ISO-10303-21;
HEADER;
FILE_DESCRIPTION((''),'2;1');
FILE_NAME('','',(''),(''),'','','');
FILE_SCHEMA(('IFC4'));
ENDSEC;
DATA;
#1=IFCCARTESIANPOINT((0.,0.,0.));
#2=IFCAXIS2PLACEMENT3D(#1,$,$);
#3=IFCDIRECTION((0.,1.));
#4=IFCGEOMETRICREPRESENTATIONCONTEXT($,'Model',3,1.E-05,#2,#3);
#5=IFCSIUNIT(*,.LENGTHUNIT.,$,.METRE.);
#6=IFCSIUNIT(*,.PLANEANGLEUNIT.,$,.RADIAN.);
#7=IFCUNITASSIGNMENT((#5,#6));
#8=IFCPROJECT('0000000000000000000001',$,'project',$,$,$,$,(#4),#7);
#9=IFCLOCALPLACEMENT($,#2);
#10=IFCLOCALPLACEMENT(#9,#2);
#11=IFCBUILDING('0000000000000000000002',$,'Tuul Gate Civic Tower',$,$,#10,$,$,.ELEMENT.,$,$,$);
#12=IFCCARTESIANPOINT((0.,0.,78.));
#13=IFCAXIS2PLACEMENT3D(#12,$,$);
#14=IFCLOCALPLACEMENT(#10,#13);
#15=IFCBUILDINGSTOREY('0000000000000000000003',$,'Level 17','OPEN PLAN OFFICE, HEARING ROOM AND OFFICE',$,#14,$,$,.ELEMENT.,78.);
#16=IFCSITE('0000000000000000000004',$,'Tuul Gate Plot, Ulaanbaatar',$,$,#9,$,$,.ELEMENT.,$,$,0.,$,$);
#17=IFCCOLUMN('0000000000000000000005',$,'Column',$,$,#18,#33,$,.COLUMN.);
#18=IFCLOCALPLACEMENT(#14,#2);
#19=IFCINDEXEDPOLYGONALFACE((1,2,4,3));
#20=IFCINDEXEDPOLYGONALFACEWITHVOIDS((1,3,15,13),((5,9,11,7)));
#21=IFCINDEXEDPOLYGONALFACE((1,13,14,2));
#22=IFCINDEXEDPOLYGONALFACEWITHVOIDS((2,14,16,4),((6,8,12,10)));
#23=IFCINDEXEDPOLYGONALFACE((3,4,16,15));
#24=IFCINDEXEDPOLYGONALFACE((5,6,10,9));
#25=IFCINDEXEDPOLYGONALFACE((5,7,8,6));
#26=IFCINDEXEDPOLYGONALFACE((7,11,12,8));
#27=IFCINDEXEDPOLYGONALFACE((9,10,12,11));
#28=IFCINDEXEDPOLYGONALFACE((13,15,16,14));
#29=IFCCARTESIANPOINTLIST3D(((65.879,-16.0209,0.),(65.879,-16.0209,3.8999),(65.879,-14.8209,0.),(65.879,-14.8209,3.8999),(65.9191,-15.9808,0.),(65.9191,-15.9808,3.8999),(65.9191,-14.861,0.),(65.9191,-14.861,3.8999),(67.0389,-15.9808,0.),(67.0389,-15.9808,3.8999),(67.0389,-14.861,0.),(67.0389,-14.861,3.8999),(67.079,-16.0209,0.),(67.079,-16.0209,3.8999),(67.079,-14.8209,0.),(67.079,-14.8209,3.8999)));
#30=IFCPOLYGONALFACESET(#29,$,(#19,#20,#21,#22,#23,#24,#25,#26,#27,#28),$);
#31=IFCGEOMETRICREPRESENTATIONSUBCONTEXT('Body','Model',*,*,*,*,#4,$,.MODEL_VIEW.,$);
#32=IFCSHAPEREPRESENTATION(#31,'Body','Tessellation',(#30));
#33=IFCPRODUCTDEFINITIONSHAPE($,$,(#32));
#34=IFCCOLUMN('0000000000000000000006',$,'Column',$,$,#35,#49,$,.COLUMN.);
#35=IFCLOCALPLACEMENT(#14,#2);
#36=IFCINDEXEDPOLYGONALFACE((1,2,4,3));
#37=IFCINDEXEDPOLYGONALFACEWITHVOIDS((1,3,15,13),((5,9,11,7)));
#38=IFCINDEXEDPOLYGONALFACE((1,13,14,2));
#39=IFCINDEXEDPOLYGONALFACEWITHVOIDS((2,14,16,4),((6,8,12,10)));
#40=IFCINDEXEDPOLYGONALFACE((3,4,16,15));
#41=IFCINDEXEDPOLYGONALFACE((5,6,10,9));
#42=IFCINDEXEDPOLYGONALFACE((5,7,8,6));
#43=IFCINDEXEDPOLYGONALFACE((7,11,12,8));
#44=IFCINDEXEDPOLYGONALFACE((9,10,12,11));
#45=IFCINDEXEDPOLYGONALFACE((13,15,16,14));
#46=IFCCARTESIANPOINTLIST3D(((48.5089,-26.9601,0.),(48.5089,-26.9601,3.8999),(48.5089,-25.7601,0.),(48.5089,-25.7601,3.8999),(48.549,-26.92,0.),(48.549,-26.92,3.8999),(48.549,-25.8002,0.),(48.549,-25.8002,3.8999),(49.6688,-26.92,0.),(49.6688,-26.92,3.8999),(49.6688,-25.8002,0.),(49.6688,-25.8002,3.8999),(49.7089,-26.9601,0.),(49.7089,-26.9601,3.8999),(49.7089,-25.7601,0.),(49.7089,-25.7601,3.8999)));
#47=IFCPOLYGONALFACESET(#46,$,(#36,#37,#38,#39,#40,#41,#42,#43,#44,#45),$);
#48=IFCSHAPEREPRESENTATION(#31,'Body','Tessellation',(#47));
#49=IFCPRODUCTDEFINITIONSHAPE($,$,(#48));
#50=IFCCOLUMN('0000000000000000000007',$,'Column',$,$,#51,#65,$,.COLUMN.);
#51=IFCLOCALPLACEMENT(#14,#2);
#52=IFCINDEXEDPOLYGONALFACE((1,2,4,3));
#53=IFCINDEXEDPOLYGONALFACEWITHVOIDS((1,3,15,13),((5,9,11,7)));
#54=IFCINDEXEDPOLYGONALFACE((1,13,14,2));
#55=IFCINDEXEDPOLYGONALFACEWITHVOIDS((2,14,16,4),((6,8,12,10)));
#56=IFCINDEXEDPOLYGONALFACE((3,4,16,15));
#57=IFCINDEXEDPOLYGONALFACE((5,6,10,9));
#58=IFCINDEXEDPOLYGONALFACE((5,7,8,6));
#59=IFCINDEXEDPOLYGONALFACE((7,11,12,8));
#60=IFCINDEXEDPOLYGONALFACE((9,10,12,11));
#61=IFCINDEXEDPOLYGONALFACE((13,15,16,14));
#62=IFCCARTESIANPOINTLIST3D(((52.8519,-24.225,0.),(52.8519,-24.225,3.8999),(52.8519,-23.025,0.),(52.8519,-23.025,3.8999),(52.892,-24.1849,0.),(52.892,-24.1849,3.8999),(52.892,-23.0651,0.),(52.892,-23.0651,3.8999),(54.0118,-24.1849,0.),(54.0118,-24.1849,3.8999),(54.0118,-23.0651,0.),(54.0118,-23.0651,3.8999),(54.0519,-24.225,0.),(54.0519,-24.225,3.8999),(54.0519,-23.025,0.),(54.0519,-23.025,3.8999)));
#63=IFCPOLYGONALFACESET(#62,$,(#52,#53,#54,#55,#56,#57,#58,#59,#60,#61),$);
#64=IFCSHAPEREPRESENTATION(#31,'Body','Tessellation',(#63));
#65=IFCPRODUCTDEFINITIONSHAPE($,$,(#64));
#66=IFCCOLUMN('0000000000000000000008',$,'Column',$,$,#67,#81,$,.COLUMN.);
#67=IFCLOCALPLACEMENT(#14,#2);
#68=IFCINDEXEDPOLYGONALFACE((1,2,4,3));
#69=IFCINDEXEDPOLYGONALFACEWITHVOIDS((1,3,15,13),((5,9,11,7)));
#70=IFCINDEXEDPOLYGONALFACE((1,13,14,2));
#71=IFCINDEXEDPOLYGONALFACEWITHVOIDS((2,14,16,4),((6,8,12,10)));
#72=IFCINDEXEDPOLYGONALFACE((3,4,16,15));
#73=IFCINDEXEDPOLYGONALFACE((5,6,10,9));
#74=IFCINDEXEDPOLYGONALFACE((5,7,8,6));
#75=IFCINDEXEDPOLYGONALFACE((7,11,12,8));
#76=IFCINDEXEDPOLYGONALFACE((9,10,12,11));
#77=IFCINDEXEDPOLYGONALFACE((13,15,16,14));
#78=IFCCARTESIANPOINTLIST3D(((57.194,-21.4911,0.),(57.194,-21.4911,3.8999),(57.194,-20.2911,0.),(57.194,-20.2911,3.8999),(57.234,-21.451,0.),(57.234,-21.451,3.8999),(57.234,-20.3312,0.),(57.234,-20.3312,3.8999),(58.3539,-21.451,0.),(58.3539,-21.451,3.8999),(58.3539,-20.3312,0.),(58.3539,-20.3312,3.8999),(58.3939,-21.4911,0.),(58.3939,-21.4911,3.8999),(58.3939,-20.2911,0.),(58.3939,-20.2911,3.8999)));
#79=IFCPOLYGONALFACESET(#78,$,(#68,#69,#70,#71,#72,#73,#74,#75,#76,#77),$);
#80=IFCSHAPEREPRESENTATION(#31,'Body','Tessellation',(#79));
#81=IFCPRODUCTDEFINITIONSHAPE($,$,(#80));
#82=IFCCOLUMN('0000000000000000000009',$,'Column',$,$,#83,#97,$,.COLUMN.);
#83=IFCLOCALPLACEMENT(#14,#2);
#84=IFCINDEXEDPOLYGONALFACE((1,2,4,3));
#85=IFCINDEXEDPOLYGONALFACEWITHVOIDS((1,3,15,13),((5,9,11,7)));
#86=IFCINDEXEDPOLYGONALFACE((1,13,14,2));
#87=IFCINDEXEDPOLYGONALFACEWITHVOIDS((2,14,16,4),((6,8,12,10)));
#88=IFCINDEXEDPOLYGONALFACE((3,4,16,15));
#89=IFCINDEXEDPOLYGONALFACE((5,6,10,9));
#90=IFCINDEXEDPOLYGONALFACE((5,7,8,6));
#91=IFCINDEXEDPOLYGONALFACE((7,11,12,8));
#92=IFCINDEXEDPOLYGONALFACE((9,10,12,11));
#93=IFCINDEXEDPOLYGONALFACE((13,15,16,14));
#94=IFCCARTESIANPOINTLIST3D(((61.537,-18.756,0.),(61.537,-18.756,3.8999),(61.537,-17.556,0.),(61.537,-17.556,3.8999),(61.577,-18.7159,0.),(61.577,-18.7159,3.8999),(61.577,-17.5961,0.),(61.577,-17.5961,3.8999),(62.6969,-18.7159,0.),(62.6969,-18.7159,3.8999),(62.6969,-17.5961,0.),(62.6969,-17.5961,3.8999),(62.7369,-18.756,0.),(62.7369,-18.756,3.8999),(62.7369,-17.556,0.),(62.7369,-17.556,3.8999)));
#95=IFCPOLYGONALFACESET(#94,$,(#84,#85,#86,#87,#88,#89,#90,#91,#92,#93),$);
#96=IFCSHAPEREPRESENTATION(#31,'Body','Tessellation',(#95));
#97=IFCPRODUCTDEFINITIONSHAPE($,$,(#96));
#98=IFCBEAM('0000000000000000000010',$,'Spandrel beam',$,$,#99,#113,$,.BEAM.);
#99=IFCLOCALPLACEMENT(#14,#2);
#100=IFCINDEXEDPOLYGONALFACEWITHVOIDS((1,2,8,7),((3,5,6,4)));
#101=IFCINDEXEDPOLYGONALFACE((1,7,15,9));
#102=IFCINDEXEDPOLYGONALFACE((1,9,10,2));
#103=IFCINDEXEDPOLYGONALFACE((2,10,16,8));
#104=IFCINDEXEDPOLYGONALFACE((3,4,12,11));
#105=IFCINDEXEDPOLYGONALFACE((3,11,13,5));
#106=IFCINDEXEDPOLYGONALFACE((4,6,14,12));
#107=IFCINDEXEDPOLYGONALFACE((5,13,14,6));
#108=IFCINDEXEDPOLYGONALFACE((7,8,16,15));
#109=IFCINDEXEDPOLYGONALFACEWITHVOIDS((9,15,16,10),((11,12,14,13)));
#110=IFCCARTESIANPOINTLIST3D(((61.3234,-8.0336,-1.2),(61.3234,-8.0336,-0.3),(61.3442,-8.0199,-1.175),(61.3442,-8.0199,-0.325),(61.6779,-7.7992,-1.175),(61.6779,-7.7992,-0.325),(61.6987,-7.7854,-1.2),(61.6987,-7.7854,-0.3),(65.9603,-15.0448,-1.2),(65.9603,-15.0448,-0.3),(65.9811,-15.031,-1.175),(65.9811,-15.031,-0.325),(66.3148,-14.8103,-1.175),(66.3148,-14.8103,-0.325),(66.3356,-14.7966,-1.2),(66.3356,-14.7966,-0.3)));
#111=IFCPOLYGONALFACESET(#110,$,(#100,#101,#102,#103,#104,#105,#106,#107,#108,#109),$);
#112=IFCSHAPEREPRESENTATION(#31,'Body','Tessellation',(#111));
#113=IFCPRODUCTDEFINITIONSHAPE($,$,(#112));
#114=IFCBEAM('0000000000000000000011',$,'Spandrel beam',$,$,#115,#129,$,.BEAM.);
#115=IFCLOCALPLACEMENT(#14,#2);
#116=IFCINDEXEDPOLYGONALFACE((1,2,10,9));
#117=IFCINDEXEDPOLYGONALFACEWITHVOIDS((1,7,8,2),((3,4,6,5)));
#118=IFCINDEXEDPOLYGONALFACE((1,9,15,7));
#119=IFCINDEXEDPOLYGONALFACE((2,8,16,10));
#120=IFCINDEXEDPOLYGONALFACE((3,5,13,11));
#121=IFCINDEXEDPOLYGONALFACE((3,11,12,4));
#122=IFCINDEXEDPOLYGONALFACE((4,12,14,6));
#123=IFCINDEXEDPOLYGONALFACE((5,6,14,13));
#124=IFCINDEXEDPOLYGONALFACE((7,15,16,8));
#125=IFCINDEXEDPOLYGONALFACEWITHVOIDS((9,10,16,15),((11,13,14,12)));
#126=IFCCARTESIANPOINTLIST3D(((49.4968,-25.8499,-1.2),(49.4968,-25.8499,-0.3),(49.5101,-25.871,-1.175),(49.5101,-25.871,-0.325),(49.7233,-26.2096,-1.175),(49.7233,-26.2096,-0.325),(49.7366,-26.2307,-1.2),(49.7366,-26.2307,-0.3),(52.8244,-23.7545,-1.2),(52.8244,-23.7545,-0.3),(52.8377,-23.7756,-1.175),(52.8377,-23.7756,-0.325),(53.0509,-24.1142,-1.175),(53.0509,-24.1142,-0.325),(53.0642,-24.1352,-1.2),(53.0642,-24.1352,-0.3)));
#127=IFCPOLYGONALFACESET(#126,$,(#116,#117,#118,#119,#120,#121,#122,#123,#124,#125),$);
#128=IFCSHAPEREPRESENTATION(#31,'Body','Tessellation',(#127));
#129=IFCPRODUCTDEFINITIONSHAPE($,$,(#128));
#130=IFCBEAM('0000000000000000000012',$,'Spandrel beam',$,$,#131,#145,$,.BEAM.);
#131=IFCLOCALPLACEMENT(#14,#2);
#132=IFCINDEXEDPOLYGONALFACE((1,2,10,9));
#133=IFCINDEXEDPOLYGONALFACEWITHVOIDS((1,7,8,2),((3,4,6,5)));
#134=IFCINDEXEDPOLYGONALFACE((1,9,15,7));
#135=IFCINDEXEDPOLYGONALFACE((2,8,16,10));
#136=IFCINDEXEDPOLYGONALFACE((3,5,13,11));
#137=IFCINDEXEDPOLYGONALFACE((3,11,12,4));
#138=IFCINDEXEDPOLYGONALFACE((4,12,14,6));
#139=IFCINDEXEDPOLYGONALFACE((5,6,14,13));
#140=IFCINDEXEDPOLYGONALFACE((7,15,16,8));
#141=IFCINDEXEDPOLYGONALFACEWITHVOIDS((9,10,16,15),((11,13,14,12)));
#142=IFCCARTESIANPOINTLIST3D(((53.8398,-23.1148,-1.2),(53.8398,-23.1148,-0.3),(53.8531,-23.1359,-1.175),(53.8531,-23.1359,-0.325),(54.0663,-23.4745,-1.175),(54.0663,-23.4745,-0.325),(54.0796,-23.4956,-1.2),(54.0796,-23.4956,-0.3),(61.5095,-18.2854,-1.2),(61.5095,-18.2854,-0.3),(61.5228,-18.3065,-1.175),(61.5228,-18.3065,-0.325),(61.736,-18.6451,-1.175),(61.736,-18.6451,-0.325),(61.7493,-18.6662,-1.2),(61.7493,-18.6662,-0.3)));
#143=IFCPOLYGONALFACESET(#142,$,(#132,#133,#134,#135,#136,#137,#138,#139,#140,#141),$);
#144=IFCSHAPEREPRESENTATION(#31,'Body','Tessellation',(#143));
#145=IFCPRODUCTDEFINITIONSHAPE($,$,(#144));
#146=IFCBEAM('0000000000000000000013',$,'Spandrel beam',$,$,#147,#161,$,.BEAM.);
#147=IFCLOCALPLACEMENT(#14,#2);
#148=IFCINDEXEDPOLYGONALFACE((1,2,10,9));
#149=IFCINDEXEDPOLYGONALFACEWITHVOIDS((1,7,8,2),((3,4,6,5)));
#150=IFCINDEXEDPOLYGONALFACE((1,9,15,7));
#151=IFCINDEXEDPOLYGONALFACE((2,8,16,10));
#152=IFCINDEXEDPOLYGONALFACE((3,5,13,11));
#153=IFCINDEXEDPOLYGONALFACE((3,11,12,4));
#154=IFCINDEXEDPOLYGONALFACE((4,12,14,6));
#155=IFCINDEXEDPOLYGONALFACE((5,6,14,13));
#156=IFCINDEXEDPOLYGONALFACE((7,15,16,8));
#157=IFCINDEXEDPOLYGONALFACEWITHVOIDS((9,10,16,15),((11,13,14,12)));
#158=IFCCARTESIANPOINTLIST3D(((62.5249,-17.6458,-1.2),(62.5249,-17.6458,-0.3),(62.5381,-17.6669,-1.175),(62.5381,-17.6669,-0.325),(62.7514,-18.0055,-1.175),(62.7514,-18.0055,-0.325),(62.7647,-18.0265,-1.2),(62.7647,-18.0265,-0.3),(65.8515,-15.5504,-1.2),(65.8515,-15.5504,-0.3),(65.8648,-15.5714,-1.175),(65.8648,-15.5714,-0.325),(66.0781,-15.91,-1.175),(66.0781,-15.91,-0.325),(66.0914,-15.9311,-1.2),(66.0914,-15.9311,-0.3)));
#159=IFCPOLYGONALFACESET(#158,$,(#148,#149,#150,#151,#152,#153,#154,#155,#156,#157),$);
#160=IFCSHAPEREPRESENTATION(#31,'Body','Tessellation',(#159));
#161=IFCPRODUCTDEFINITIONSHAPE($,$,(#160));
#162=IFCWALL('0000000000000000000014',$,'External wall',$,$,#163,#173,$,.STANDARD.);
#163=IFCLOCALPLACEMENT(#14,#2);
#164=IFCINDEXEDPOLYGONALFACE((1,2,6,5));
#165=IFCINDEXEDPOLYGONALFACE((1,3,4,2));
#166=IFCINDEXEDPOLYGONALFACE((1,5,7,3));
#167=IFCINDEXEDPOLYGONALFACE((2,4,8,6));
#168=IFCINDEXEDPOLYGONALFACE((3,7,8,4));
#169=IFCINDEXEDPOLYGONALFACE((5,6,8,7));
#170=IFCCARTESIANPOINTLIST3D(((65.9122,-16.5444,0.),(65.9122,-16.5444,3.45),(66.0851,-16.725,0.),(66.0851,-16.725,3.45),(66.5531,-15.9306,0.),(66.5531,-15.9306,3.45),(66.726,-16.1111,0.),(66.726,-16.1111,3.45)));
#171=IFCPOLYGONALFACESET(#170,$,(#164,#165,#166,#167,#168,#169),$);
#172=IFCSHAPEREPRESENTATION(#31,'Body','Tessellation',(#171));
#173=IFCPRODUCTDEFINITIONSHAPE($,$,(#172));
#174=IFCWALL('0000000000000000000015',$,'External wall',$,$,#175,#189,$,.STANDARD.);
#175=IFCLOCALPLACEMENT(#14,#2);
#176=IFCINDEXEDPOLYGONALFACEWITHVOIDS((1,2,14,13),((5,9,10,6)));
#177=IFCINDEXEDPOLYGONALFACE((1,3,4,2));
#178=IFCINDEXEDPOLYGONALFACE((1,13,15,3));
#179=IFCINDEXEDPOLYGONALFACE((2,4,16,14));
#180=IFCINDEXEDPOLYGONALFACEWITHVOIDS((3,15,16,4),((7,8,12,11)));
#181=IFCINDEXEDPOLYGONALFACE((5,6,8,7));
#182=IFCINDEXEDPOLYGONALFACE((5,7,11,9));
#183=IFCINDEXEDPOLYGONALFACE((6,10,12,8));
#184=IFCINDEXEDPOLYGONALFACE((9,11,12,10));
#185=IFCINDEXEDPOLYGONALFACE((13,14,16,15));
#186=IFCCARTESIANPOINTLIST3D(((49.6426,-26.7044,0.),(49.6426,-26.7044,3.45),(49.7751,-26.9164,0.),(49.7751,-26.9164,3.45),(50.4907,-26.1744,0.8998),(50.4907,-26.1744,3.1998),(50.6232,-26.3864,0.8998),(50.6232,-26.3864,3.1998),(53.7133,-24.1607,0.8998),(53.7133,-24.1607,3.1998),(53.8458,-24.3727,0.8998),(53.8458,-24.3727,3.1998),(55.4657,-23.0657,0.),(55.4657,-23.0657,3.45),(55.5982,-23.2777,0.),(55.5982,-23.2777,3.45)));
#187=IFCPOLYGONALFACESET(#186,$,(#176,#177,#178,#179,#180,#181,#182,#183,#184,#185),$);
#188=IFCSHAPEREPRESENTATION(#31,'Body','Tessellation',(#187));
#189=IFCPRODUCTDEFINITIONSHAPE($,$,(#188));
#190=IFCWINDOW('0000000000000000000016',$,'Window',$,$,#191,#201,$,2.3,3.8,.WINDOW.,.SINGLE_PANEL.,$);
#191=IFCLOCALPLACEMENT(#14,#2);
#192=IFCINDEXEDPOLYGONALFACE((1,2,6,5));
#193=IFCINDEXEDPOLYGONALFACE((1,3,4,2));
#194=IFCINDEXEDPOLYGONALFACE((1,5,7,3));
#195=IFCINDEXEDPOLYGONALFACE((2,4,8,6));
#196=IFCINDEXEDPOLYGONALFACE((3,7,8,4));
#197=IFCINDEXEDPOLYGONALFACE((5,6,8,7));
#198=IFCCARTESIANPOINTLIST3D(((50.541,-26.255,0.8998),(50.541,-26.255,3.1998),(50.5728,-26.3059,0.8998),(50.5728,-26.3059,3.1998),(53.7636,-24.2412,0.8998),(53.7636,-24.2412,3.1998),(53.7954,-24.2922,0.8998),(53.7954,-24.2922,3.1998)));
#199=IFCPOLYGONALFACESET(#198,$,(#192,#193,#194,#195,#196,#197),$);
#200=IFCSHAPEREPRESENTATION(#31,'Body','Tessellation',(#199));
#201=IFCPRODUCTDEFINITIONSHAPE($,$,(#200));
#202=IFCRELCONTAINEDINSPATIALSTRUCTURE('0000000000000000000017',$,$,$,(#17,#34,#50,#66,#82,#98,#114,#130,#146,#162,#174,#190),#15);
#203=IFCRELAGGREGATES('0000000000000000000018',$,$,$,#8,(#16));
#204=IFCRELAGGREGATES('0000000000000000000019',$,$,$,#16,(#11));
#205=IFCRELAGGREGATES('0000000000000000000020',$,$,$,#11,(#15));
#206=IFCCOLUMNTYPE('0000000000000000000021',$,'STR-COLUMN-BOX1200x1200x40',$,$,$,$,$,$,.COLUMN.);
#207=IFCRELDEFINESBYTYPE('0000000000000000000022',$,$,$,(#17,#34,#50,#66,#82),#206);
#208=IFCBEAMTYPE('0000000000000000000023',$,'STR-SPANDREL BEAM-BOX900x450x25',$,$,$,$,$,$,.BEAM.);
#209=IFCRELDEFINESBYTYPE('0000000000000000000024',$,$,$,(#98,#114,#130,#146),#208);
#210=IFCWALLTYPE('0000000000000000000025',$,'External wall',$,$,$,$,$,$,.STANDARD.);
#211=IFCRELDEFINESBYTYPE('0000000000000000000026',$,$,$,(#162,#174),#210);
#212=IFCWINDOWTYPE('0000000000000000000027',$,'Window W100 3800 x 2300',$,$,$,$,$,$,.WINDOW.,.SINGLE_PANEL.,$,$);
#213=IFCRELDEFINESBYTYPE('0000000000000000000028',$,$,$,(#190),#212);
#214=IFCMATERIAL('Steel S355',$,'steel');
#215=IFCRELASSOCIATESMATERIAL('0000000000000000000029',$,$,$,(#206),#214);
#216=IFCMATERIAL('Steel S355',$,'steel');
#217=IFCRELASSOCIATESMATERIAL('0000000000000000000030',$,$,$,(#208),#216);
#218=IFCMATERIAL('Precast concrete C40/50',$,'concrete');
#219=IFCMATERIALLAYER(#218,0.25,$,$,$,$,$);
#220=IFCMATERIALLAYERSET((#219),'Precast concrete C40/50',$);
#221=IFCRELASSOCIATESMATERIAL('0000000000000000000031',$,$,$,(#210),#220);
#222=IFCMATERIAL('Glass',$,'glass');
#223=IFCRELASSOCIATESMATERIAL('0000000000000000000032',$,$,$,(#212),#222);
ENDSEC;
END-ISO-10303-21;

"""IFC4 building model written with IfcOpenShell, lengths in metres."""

from ifc_helpers import new_model, si_unit, direction, frame, frame_2d, origin, origin_2d, place, context, subcontext, project, spatial, rectangle, hollow_rectangle, extrude, material, layer, layer_set, material_profile, profile_set, type_object, element, fill, save


model = new_model("IFC4")

# Units and contexts
model_context = context("Model", 3, precision=1e-05, world=origin(), true_north=direction((0.0, 1.0)))
body_context = subcontext(model_context, "Body", "Model", "MODEL_VIEW")
ifc_project = project(units=[si_unit("LENGTHUNIT", "METRE"), si_unit("PLANEANGLEUNIT", "RADIAN")], contexts=[model_context])

# Site, building, storey
site_placement = place(None, origin())
site = spatial("IfcSite", under=ifc_project, at=site_placement, Name="Tuul Gate Plot, Ulaanbaatar", CompositionType="ELEMENT", RefElevation=0.0)
building_placement = place(site_placement, origin())
building = spatial("IfcBuilding", under=site, at=building_placement, Name="Tuul Gate Civic Tower", CompositionType="ELEMENT")
storey_placement = place(building_placement, frame((0.0, 0.0, 78.0)))
storey = spatial("IfcBuildingStorey", under=building, at=storey_placement, Name="Level 17", Description="OPEN PLAN OFFICE, HEARING ROOM AND OFFICE", CompositionType="ELEMENT", Elevation=78.0)

# Columns
ifc_material_1 = material(Name="Steel S355", Category="steel")
ifc_material_profile_1 = material_profile(ifc_material_1, hollow_rectangle(XDim=1.2, YDim=1.2, WallThickness=0.04, at=origin_2d()), Name="BOX1200x1200x40")
ifc_profile_set_1 = profile_set([ifc_material_profile_1], Name="Steel S355")
column_type = type_object("IfcColumnType", Name="STR-COLUMN-BOX1200x1200x40", PredefinedType="COLUMN", material=ifc_profile_set_1)
for number, where, z_axis, x_axis, name in (
    (1, (66.479, -15.4209, 0.0), (0.0, 0.0, 1.0), (1.0, 0.0, 0.0), "Column"),
    (2, (49.1089, -26.3601, 0.0), (0.0, 0.0, 1.0), (1.0, 0.0, 0.0), "Column"),
    (3, (53.4519, -23.625, 0.0), (0.0, 0.0, 1.0), (1.0, 0.0, 0.0), "Column"),
    (4, (57.7939, -20.8911, 0.0), (0.0, 0.0, 1.0), (1.0, 0.0, 0.0), "Column"),
    (5, (62.137, -18.156, 0.0), (0.0, 0.0, 1.0), (1.0, 0.0, 0.0), "Column"),
):
    element("IfcColumn", number, at=place(storey_placement, frame(where, z_axis=z_axis, x_axis=x_axis)), inside=storey, type_object=column_type, Name=name, PredefinedType="COLUMN", context=body_context, shape_type="SweptSolid", body=[
        extrude(hollow_rectangle(XDim=1.2, YDim=1.2, WallThickness=0.04, at=origin_2d()), origin(), (0.0, 0.0, 1.0), 3.8999),
    ])

# Beams
ifc_material_2 = material(Name="Steel S355", Category="steel")
ifc_material_profile_2 = material_profile(ifc_material_2, hollow_rectangle(XDim=0.45, YDim=0.8999, WallThickness=0.0249, at=origin_2d()), Name="BOX900x450x25")
ifc_profile_set_2 = profile_set([ifc_material_profile_2], Name="Steel S355")
beam_type = type_object("IfcBeamType", Name="STR-SPANDREL BEAM-BOX900x450x25", PredefinedType="BEAM", material=ifc_profile_set_2)
beam_1_placement = place(storey_placement, frame((66.1479, -14.9207, -0.75), z_axis=(-0.551633, 0.834087, 0.0), x_axis=(-0.834087, -0.551633, 0.0)))
element("IfcBeam", 6, at=beam_1_placement, inside=storey, type_object=beam_type, Name="Spandrel beam", PredefinedType="BEAM", context=body_context, shape_type="SweptSolid", body=[
    extrude(hollow_rectangle(XDim=0.45, YDim=0.8999, WallThickness=0.0249, at=origin_2d()), origin(), (0.0, 0.0, 1.0), 8.4058),
])
beam_2_placement = place(storey_placement, frame((49.6167, -26.0403, -0.75), z_axis=(0.846201, 0.532864, 0.0), x_axis=(-0.532864, 0.846201, 0.0)))
element("IfcBeam", 7, at=beam_2_placement, inside=storey, type_object=beam_type, Name="Spandrel beam", PredefinedType="BEAM", context=body_context, shape_type="SweptSolid", body=[
    extrude(hollow_rectangle(XDim=0.45, YDim=0.8999, WallThickness=0.0249, at=origin_2d()), origin(), (0.0, 0.0, 1.0), 3.9324),
])
beam_3_placement = place(storey_placement, frame((53.9597, -23.3052, -0.75), z_axis=(0.846218, 0.532836, 0.0), x_axis=(-0.532836, 0.846218, 0.0)))
element("IfcBeam", 8, at=beam_3_placement, inside=storey, type_object=beam_type, Name="Spandrel beam", PredefinedType="BEAM", context=body_context, shape_type="SweptSolid", body=[
    extrude(hollow_rectangle(XDim=0.45, YDim=0.8999, WallThickness=0.0249, at=origin_2d()), origin(), (0.0, 0.0, 1.0), 9.0635),
])
beam_4_placement = place(storey_placement, frame((62.6448, -17.8362, -0.75), z_axis=(0.84613, 0.532976, 0.0), x_axis=(-0.532976, 0.84613, 0.0)))
element("IfcBeam", 9, at=beam_4_placement, inside=storey, type_object=beam_type, Name="Spandrel beam", PredefinedType="BEAM", context=body_context, shape_type="SweptSolid", body=[
    extrude(hollow_rectangle(XDim=0.45, YDim=0.8999, WallThickness=0.0249, at=origin_2d()), origin(), (0.0, 0.0, 1.0), 3.9316),
])

# Wall
ifc_material_3 = material(Name="Precast concrete C40/50", Category="concrete")
ifc_layer = layer(ifc_material_3, 0.25)
ifc_layer_set = layer_set([ifc_layer], Name="Precast concrete C40/50")
wall_type = type_object("IfcWallType", Name="External wall", PredefinedType="STANDARD", material=ifc_layer_set)
wall_1_placement = place(storey_placement, frame((65.9985, -16.6348, 0.0), z_axis=(0.0, 0.0, 1.0), x_axis=(0.722212, 0.691672, 0.0)))
element("IfcWall", 10, at=wall_1_placement, inside=storey, type_object=wall_type, Name="External wall", PredefinedType="STANDARD", context=body_context, shape_type="SweptSolid", body=[
    extrude(rectangle(XDim=0.8875, YDim=0.25, at=frame_2d((0.4438, 0.0))), origin(), (0.0, 0.0, 1.0), 3.45),
])

# Wall, opening, window
wall_2_placement = place(storey_placement, frame((49.709, -26.8103, 0.0), z_axis=(0.0, 0.0, 1.0), x_axis=(0.848044, 0.529925, 0.0)))
wall_2 = element("IfcWall", 11, at=wall_2_placement, inside=storey, type_object=wall_type, Name="External wall", PredefinedType="STANDARD", context=body_context, shape_type="SweptSolid", body=[
    extrude(rectangle(XDim=6.8665, YDim=0.25, at=frame_2d((3.4331, 0.0))), origin(), (0.0, 0.0, 1.0), 3.45),
])
opening_1_placement = place(wall_2_placement, frame((1.0, 0.0, 0.8999)))
opening_1 = element("IfcOpeningElement", 12, at=opening_1_placement, cuts=wall_2, PredefinedType="OPENING", context=body_context, shape_type="SweptSolid", body=[
    extrude(rectangle(XDim=3.8, YDim=2.3, at=frame_2d((1.8999, 1.1499))), frame((0.0, 0.135, 0.0), z_axis=(0.0, -1.0, 0.0), x_axis=(1.0, 0.0, 0.0)), (0.0, 0.0, 1.0), 0.27),
])
ifc_material_4 = material(Name="Glass", Category="glass")
window_type_1 = type_object("IfcWindowType", Name="Window W100 3800 x 2300", PartitioningType="SINGLE_PANEL", PredefinedType="WINDOW", material=ifc_material_4)
window_1_placement = place(opening_1_placement, origin())
window_1 = element("IfcWindow", 13, at=window_1_placement, inside=storey, type_object=window_type_1, Name="Window", OverallHeight=2.3, OverallWidth=3.8, PartitioningType="SINGLE_PANEL", PredefinedType="WINDOW", context=body_context, shape_type="SweptSolid", body=[
    extrude(rectangle(XDim=3.8, YDim=2.3, at=frame_2d((1.8999, 1.1499))), frame((0.0, 0.03, 0.0), z_axis=(0.0, -1.0, 0.0), x_axis=(1.0, 0.0, 0.0)), (0.0, 0.0, 1.0), 0.0601),
])
fill(opening_1, window_1)

save(model, "model.ifc")
